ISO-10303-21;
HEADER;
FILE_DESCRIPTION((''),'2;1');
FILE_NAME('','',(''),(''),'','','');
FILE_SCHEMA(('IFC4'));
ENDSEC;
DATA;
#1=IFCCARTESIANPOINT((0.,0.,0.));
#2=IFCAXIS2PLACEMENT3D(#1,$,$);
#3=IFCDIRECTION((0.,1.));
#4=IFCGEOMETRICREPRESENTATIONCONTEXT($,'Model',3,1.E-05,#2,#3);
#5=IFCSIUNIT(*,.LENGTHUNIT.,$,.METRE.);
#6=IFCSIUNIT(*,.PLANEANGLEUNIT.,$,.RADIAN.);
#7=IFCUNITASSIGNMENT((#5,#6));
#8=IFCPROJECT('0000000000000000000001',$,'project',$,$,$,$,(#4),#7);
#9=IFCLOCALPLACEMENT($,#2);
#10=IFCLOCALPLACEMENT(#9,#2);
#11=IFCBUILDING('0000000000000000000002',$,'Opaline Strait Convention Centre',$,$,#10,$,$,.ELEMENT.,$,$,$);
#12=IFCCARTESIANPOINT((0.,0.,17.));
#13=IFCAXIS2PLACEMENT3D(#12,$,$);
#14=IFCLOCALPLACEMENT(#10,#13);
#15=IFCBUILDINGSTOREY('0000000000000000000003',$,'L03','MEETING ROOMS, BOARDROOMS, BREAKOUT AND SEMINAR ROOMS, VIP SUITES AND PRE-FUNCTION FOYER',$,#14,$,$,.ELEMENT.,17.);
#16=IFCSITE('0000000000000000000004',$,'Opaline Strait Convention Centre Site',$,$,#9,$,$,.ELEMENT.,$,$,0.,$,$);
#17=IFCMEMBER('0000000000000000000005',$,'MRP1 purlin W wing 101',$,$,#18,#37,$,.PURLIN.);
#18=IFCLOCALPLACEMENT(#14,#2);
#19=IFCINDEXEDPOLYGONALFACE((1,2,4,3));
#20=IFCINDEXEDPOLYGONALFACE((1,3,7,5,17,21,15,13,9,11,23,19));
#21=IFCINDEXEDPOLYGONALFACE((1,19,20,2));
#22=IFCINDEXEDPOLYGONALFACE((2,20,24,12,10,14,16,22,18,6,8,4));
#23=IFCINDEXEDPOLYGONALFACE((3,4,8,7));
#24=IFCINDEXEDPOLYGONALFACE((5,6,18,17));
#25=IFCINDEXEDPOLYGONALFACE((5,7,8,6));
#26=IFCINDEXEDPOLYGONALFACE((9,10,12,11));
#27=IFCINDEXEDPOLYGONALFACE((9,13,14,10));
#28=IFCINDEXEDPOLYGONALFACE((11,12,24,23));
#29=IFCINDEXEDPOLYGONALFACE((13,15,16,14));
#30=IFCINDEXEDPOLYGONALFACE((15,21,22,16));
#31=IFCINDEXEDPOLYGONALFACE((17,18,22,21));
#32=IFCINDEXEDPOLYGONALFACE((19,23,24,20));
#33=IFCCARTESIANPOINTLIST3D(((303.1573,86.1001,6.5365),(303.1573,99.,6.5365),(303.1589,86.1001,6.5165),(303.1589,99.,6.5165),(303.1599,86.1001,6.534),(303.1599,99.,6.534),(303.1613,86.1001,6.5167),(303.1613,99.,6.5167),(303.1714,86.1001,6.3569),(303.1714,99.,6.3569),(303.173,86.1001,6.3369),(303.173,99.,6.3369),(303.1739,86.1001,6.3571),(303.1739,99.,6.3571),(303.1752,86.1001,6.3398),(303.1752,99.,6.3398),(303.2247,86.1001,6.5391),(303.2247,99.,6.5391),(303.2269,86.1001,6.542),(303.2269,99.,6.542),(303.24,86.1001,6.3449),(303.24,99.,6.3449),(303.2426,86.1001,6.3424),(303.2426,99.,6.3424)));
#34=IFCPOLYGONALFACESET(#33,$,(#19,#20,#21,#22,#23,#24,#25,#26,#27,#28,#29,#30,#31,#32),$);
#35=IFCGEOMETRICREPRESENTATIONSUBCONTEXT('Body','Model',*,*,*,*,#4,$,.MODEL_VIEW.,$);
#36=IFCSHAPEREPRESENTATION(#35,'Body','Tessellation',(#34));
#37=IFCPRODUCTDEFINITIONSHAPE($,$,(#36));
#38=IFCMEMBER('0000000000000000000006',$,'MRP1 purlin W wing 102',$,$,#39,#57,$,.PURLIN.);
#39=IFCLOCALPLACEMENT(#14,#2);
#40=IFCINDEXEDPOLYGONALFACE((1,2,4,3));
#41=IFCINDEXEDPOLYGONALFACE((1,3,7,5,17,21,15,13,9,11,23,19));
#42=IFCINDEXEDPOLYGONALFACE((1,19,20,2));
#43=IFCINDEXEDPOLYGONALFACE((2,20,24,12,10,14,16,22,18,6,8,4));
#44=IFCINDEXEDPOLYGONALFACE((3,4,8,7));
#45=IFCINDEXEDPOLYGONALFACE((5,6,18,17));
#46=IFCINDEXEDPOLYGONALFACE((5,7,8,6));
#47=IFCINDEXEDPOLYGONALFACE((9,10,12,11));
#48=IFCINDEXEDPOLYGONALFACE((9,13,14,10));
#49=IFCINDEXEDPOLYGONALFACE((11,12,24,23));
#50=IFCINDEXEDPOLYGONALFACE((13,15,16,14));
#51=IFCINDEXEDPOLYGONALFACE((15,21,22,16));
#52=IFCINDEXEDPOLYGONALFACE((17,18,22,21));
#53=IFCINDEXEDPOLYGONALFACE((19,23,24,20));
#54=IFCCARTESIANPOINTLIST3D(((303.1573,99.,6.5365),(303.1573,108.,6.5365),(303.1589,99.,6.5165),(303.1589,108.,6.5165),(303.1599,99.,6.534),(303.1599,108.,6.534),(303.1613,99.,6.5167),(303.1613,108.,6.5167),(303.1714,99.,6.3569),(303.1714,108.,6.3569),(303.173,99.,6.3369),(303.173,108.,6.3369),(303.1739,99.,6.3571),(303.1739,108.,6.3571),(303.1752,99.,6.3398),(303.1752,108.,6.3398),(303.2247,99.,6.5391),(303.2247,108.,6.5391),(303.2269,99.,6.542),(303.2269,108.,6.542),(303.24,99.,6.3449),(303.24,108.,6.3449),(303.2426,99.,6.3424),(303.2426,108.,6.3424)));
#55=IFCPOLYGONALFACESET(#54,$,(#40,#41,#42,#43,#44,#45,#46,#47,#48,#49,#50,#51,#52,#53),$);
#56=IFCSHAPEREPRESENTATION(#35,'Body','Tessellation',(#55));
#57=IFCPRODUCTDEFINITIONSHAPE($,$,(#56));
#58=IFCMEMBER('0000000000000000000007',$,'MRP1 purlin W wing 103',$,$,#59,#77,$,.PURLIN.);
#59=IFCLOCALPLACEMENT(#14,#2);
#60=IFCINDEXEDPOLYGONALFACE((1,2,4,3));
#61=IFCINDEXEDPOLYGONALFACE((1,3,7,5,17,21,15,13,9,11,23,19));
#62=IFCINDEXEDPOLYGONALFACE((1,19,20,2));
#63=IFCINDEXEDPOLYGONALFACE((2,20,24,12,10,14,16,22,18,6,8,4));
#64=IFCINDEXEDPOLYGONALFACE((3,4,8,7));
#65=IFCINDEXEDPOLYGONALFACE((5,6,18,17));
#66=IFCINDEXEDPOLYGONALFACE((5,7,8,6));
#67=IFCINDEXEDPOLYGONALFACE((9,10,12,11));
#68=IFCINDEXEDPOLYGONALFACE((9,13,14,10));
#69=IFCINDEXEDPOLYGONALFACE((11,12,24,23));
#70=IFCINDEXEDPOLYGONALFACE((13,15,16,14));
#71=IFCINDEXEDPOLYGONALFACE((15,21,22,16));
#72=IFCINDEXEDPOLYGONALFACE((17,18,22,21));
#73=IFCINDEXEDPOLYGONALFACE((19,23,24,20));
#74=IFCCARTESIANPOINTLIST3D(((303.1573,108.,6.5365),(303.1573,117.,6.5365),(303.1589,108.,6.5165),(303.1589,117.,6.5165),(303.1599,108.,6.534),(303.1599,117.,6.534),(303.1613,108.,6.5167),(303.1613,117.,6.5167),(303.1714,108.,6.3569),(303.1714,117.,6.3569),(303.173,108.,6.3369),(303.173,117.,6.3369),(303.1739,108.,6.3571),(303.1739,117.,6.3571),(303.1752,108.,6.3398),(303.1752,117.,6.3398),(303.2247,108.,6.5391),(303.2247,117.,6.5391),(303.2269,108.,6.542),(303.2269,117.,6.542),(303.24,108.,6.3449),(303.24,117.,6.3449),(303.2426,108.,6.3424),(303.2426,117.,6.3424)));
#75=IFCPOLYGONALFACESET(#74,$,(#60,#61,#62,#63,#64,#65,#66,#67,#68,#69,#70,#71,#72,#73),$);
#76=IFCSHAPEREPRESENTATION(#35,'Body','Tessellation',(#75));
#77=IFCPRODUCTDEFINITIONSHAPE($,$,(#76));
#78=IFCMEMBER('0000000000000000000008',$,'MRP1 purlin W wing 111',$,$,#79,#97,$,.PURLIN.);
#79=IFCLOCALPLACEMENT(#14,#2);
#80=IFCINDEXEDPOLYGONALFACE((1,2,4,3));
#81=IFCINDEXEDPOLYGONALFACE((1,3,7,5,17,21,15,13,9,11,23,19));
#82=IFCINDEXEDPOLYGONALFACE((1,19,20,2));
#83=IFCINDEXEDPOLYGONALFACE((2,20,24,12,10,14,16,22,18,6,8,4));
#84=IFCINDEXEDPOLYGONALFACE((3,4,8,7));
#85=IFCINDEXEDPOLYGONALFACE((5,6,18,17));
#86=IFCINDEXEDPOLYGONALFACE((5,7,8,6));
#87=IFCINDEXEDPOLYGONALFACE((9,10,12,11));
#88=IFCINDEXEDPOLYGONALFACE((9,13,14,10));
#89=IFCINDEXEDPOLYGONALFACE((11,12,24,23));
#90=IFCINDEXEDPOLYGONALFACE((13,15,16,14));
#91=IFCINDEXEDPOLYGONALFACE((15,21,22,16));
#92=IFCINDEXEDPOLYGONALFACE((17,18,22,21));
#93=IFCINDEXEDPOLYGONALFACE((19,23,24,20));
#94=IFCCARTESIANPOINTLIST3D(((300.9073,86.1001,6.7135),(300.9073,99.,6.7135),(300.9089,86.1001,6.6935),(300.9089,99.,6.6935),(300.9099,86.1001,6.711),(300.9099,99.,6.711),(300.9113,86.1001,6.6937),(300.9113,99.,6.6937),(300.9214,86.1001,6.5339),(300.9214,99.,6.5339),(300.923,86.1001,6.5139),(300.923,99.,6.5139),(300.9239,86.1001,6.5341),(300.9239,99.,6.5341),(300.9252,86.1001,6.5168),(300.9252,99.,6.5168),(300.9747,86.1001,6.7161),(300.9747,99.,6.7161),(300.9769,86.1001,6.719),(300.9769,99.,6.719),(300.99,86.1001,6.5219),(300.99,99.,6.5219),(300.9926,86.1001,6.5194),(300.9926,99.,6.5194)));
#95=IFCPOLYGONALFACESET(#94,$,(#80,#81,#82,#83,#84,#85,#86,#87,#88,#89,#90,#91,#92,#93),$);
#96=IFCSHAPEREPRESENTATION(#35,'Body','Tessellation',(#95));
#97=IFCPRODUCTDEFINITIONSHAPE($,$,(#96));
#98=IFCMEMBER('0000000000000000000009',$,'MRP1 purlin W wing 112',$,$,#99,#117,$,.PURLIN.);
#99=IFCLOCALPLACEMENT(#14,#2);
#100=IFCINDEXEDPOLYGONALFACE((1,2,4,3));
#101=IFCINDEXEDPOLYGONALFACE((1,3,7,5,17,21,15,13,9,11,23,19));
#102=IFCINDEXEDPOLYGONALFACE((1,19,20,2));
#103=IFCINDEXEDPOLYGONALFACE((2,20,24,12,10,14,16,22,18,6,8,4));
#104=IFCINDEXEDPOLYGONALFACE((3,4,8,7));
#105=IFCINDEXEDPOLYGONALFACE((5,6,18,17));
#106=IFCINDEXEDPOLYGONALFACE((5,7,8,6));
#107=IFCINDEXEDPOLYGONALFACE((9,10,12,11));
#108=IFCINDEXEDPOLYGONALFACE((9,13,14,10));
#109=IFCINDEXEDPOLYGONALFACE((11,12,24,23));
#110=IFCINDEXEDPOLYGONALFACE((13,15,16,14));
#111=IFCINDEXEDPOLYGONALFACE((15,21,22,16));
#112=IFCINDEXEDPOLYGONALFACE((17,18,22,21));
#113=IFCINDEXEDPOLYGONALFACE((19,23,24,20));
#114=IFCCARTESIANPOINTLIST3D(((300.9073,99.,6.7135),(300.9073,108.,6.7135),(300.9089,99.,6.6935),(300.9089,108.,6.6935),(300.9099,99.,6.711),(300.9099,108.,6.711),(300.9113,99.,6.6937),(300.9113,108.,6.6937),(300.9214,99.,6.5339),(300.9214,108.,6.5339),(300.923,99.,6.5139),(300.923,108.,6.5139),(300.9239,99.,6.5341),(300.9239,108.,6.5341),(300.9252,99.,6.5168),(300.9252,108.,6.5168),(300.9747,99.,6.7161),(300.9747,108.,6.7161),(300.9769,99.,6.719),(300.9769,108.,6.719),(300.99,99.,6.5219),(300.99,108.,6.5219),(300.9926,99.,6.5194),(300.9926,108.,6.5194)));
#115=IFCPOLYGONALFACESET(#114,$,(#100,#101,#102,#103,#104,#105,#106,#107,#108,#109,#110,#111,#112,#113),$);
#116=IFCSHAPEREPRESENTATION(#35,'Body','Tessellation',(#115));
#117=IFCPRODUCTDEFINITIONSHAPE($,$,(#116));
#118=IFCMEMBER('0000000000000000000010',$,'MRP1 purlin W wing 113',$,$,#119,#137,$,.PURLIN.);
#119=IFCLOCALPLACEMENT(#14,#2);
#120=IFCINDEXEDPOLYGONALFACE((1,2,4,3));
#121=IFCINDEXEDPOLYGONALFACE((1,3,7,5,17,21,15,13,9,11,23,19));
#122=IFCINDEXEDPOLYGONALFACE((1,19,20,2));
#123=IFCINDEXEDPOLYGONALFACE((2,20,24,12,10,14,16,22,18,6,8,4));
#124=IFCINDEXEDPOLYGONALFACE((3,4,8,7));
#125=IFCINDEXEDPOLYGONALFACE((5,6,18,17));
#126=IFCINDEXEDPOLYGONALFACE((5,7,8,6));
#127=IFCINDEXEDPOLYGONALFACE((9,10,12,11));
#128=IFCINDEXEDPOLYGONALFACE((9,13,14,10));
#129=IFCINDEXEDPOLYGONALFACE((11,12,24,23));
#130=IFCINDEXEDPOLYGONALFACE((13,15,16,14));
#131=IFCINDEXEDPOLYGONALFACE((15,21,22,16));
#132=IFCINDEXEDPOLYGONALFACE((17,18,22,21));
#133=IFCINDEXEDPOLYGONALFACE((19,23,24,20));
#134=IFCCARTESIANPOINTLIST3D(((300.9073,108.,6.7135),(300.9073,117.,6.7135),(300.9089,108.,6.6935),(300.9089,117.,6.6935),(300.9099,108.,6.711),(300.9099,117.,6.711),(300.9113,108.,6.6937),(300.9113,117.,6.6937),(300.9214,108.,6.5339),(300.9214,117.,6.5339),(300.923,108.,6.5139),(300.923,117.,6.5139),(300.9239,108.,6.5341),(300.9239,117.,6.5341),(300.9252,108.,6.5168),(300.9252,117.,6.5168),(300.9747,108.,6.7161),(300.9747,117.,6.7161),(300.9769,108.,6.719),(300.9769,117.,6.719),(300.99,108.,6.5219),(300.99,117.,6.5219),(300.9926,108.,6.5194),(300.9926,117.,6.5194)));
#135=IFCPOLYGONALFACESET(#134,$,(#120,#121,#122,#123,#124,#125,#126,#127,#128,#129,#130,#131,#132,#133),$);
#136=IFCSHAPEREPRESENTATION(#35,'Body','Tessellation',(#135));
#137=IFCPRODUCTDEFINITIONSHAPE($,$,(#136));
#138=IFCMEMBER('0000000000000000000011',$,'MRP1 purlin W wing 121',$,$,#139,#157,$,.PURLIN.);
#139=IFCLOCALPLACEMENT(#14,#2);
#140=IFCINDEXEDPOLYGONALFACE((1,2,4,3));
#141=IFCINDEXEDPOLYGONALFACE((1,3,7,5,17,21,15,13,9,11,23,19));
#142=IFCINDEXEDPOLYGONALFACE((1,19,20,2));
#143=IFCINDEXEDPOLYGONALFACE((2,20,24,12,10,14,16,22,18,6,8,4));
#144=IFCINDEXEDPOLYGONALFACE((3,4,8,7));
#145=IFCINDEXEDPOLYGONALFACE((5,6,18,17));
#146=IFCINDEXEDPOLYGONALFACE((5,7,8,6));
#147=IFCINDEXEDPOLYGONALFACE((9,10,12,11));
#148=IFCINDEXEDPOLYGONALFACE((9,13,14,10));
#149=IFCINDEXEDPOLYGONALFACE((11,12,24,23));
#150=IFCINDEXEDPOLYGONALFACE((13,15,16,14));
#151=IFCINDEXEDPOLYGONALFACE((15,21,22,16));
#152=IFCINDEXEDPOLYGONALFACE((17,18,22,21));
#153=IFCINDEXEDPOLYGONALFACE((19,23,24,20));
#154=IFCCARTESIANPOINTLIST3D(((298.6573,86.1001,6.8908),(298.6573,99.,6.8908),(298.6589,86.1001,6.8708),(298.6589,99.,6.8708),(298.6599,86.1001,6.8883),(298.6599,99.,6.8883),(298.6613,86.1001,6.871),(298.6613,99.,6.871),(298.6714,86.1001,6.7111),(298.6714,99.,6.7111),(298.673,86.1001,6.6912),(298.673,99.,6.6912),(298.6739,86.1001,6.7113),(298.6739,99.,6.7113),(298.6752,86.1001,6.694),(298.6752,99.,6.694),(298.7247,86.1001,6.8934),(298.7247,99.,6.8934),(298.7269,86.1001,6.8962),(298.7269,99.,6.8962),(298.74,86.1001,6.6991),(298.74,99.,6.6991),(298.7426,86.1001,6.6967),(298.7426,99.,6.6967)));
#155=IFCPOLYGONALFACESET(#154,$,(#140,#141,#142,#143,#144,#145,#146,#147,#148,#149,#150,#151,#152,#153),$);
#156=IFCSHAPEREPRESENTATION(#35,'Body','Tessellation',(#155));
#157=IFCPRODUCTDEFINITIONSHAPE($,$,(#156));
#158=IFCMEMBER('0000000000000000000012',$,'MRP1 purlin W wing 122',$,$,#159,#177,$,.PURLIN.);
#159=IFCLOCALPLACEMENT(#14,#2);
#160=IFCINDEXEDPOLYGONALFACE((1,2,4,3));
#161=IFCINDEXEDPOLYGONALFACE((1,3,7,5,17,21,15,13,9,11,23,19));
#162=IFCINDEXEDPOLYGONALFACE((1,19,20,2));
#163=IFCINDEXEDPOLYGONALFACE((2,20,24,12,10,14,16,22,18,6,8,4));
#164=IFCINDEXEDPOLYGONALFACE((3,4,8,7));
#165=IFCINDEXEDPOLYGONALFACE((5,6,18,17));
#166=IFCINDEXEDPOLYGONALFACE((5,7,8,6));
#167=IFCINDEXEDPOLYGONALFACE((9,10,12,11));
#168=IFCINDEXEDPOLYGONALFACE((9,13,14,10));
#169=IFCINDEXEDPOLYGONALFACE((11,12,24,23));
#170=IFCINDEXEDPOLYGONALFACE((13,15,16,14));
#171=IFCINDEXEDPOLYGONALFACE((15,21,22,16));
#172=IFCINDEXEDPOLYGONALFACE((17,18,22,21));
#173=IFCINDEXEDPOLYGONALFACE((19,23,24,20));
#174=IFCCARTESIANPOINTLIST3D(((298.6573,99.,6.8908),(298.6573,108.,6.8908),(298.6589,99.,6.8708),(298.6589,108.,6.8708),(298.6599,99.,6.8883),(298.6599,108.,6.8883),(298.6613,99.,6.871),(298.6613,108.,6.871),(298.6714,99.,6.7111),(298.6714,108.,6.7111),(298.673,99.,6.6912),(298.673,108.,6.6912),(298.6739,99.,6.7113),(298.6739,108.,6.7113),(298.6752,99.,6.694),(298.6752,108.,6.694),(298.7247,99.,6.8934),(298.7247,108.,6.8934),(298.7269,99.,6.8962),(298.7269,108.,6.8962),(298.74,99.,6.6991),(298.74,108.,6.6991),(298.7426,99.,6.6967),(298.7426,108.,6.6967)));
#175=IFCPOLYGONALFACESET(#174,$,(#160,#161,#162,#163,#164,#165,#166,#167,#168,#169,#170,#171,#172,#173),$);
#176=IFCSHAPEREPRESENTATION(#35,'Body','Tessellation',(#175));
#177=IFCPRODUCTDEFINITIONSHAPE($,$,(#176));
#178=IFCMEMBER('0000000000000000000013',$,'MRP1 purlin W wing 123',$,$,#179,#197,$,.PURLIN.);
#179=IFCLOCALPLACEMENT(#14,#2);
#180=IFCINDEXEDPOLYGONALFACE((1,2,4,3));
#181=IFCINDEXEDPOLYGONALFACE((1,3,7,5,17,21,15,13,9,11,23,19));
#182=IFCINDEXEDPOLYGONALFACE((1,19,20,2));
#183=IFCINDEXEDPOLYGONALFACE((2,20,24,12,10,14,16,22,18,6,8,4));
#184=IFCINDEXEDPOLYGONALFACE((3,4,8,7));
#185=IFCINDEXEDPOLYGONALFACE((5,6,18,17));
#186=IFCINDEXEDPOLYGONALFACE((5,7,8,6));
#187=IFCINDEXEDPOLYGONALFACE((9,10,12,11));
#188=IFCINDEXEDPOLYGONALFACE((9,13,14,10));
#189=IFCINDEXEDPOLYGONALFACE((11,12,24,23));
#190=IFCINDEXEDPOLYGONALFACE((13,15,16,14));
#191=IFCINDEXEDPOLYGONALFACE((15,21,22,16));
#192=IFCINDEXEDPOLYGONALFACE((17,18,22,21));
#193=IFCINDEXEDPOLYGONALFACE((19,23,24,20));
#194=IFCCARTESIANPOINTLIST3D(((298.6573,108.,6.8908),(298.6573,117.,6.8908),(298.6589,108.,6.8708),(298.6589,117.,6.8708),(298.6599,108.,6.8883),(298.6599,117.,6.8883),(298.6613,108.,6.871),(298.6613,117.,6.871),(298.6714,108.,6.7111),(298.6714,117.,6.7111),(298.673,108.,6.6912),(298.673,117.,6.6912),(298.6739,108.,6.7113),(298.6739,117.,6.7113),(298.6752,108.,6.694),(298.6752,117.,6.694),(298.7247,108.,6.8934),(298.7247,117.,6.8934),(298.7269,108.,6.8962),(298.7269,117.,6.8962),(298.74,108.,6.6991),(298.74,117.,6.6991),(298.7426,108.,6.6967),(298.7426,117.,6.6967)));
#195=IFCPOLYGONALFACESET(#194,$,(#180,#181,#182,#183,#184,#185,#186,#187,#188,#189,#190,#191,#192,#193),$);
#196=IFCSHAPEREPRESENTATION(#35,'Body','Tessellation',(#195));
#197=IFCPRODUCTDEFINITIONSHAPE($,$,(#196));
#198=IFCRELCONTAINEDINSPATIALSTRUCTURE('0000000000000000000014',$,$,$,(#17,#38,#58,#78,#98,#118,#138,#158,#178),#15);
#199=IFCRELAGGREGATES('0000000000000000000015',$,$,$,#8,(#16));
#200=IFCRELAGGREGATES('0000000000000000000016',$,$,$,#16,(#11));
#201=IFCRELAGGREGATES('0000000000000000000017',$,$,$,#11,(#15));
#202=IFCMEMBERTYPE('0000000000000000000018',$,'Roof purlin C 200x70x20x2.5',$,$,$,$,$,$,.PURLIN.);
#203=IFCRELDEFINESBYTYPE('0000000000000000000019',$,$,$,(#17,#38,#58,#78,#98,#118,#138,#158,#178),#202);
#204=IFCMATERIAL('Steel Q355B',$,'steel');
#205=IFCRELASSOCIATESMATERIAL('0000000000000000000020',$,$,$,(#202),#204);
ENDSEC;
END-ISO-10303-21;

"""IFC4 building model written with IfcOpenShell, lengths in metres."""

from ifc_helpers import new_model, si_unit, direction, frame, origin, place, context, subcontext, project, spatial, polyline, outline, extrude, material, material_profile, profile_set, type_object, element, save


model = new_model("IFC4")

# Units and contexts
model_context = context("Model", 3, precision=1e-05, world=origin(), true_north=direction((0.0, 1.0)))
body_context = subcontext(model_context, "Body", "Model", "MODEL_VIEW")
ifc_project = project(units=[si_unit("LENGTHUNIT", "METRE"), si_unit("PLANEANGLEUNIT", "RADIAN")], contexts=[model_context])

# Site, building, storey
site_placement = place(None, origin())
site = spatial("IfcSite", under=ifc_project, at=site_placement, Name="Opaline Strait Convention Centre Site", CompositionType="ELEMENT", RefElevation=0.0)
building_placement = place(site_placement, origin())
building = spatial("IfcBuilding", under=site, at=building_placement, Name="Opaline Strait Convention Centre", CompositionType="ELEMENT")
storey_placement = place(building_placement, frame((0.0, 0.0, 17.0)))
storey = spatial("IfcBuildingStorey", under=building, at=storey_placement, Name="L03", Description="MEETING ROOMS, BOARDROOMS, BREAKOUT AND SEMINAR ROOMS, VIP SUITES AND PRE-FUNCTION FOYER", CompositionType="ELEMENT", Elevation=17.0)

# Shared definitions
ifc_material_1 = material(Name="Steel Q355B", Category="steel")

# Members
ifc_material_profile_1 = material_profile(ifc_material_1, outline(polyline([(-0.0349, -0.1001), (0.0349, -0.1001), (0.0349, -0.0801), (0.0325, -0.0801), (0.0325, -0.0974), (-0.0325, -0.0974), (-0.0325, 0.0974), (0.0325, 0.0974), (0.0325, 0.0801), (0.0349, 0.0801), (0.0349, 0.1001), (-0.0349, 0.1001), (-0.0349, -0.1001)])), Name="C 200x70x20x2.5")
ifc_profile_set_1 = profile_set([ifc_material_profile_1], Name="Steel Q355B")
member_type_1 = type_object("IfcMemberType", Name="Roof purlin C 200x70x20x2.5", PredefinedType="PURLIN", material=ifc_profile_set_1)
member_1_placement = place(storey_placement, frame((303.2, 86.1001, 6.4395), z_axis=(0.0, 1.0, 0.0), x_axis=(-0.996917, 0.0, -0.078459)))
element("IfcMember", 1, at=member_1_placement, inside=storey, type_object=member_type_1, Name="MRP1 purlin W wing 101", PredefinedType="PURLIN", context=body_context, shape_type="SweptSolid", body=[
    extrude(outline(polyline([(-0.0349, -0.1001), (0.0349, -0.1001), (0.0349, -0.0801), (0.0325, -0.0801), (0.0325, -0.0974), (-0.0325, -0.0974), (-0.0325, 0.0974), (0.0325, 0.0974), (0.0325, 0.0801), (0.0349, 0.0801), (0.0349, 0.1001), (-0.0349, 0.1001), (-0.0349, -0.1001)])), origin(), (0.0, 0.0, 1.0), 12.8999),
])
for number, where, z_axis, x_axis, name in (
    (2, (303.2, 99.0, 6.4395), (0.0, 1.0, 0.0), (-0.996917, 0.0, -0.078459), "MRP1 purlin W wing 102"),
    (3, (303.2, 108.0, 6.4395), (0.0, 1.0, 0.0), (-0.996917, 0.0, -0.078459), "MRP1 purlin W wing 103"),
):
    element("IfcMember", number, at=place(storey_placement, frame(where, z_axis=z_axis, x_axis=x_axis)), inside=storey, type_object=member_type_1, Name=name, PredefinedType="PURLIN", context=body_context, shape_type="SweptSolid", body=[
        extrude(outline(polyline([(-0.0349, -0.1001), (0.0349, -0.1001), (0.0349, -0.0801), (0.0325, -0.0801), (0.0325, -0.0974), (-0.0325, -0.0974), (-0.0325, 0.0974), (0.0325, 0.0974), (0.0325, 0.0801), (0.0349, 0.0801), (0.0349, 0.1001), (-0.0349, 0.1001), (-0.0349, -0.1001)])), origin(), (0.0, 0.0, 1.0), 9.0),
    ])
member_2_placement = place(storey_placement, frame((300.95, 86.1001, 6.6165), z_axis=(0.0, 1.0, 0.0), x_axis=(-0.996917, 0.0, -0.078459)))
element("IfcMember", 4, at=member_2_placement, inside=storey, type_object=member_type_1, Name="MRP1 purlin W wing 111", PredefinedType="PURLIN", context=body_context, shape_type="SweptSolid", body=[
    extrude(outline(polyline([(-0.0349, -0.1001), (0.0349, -0.1001), (0.0349, -0.0801), (0.0325, -0.0801), (0.0325, -0.0974), (-0.0325, -0.0974), (-0.0325, 0.0974), (0.0325, 0.0974), (0.0325, 0.0801), (0.0349, 0.0801), (0.0349, 0.1001), (-0.0349, 0.1001), (-0.0349, -0.1001)])), origin(), (0.0, 0.0, 1.0), 12.8999),
])
for number, where, z_axis, x_axis, name in (
    (5, (300.95, 99.0, 6.6165), (0.0, 1.0, 0.0), (-0.996917, 0.0, -0.078459), "MRP1 purlin W wing 112"),
    (6, (300.95, 108.0, 6.6165), (0.0, 1.0, 0.0), (-0.996917, 0.0, -0.078459), "MRP1 purlin W wing 113"),
):
    element("IfcMember", number, at=place(storey_placement, frame(where, z_axis=z_axis, x_axis=x_axis)), inside=storey, type_object=member_type_1, Name=name, PredefinedType="PURLIN", context=body_context, shape_type="SweptSolid", body=[
        extrude(outline(polyline([(-0.0349, -0.1001), (0.0349, -0.1001), (0.0349, -0.0801), (0.0325, -0.0801), (0.0325, -0.0974), (-0.0325, -0.0974), (-0.0325, 0.0974), (0.0325, 0.0974), (0.0325, 0.0801), (0.0349, 0.0801), (0.0349, 0.1001), (-0.0349, 0.1001), (-0.0349, -0.1001)])), origin(), (0.0, 0.0, 1.0), 9.0),
    ])
member_3_placement = place(storey_placement, frame((298.7, 86.1001, 6.7937), z_axis=(0.0, 1.0, 0.0), x_axis=(-0.996917, 0.0, -0.078459)))
element("IfcMember", 7, at=member_3_placement, inside=storey, type_object=member_type_1, Name="MRP1 purlin W wing 121", PredefinedType="PURLIN", context=body_context, shape_type="SweptSolid", body=[
    extrude(outline(polyline([(-0.0349, -0.1001), (0.0349, -0.1001), (0.0349, -0.0801), (0.0325, -0.0801), (0.0325, -0.0974), (-0.0325, -0.0974), (-0.0325, 0.0974), (0.0325, 0.0974), (0.0325, 0.0801), (0.0349, 0.0801), (0.0349, 0.1001), (-0.0349, 0.1001), (-0.0349, -0.1001)])), origin(), (0.0, 0.0, 1.0), 12.8999),
])
for number, where, z_axis, x_axis, name in (
    (8, (298.7, 99.0, 6.7937), (0.0, 1.0, 0.0), (-0.996917, 0.0, -0.078459), "MRP1 purlin W wing 122"),
    (9, (298.7, 108.0, 6.7937), (0.0, 1.0, 0.0), (-0.996917, 0.0, -0.078459), "MRP1 purlin W wing 123"),
):
    element("IfcMember", number, at=place(storey_placement, frame(where, z_axis=z_axis, x_axis=x_axis)), inside=storey, type_object=member_type_1, Name=name, PredefinedType="PURLIN", context=body_context, shape_type="SweptSolid", body=[
        extrude(outline(polyline([(-0.0349, -0.1001), (0.0349, -0.1001), (0.0349, -0.0801), (0.0325, -0.0801), (0.0325, -0.0974), (-0.0325, -0.0974), (-0.0325, 0.0974), (0.0325, 0.0974), (0.0325, 0.0801), (0.0349, 0.0801), (0.0349, 0.1001), (-0.0349, 0.1001), (-0.0349, -0.1001)])), origin(), (0.0, 0.0, 1.0), 9.0),
    ])

save(model, "model.ifc")
